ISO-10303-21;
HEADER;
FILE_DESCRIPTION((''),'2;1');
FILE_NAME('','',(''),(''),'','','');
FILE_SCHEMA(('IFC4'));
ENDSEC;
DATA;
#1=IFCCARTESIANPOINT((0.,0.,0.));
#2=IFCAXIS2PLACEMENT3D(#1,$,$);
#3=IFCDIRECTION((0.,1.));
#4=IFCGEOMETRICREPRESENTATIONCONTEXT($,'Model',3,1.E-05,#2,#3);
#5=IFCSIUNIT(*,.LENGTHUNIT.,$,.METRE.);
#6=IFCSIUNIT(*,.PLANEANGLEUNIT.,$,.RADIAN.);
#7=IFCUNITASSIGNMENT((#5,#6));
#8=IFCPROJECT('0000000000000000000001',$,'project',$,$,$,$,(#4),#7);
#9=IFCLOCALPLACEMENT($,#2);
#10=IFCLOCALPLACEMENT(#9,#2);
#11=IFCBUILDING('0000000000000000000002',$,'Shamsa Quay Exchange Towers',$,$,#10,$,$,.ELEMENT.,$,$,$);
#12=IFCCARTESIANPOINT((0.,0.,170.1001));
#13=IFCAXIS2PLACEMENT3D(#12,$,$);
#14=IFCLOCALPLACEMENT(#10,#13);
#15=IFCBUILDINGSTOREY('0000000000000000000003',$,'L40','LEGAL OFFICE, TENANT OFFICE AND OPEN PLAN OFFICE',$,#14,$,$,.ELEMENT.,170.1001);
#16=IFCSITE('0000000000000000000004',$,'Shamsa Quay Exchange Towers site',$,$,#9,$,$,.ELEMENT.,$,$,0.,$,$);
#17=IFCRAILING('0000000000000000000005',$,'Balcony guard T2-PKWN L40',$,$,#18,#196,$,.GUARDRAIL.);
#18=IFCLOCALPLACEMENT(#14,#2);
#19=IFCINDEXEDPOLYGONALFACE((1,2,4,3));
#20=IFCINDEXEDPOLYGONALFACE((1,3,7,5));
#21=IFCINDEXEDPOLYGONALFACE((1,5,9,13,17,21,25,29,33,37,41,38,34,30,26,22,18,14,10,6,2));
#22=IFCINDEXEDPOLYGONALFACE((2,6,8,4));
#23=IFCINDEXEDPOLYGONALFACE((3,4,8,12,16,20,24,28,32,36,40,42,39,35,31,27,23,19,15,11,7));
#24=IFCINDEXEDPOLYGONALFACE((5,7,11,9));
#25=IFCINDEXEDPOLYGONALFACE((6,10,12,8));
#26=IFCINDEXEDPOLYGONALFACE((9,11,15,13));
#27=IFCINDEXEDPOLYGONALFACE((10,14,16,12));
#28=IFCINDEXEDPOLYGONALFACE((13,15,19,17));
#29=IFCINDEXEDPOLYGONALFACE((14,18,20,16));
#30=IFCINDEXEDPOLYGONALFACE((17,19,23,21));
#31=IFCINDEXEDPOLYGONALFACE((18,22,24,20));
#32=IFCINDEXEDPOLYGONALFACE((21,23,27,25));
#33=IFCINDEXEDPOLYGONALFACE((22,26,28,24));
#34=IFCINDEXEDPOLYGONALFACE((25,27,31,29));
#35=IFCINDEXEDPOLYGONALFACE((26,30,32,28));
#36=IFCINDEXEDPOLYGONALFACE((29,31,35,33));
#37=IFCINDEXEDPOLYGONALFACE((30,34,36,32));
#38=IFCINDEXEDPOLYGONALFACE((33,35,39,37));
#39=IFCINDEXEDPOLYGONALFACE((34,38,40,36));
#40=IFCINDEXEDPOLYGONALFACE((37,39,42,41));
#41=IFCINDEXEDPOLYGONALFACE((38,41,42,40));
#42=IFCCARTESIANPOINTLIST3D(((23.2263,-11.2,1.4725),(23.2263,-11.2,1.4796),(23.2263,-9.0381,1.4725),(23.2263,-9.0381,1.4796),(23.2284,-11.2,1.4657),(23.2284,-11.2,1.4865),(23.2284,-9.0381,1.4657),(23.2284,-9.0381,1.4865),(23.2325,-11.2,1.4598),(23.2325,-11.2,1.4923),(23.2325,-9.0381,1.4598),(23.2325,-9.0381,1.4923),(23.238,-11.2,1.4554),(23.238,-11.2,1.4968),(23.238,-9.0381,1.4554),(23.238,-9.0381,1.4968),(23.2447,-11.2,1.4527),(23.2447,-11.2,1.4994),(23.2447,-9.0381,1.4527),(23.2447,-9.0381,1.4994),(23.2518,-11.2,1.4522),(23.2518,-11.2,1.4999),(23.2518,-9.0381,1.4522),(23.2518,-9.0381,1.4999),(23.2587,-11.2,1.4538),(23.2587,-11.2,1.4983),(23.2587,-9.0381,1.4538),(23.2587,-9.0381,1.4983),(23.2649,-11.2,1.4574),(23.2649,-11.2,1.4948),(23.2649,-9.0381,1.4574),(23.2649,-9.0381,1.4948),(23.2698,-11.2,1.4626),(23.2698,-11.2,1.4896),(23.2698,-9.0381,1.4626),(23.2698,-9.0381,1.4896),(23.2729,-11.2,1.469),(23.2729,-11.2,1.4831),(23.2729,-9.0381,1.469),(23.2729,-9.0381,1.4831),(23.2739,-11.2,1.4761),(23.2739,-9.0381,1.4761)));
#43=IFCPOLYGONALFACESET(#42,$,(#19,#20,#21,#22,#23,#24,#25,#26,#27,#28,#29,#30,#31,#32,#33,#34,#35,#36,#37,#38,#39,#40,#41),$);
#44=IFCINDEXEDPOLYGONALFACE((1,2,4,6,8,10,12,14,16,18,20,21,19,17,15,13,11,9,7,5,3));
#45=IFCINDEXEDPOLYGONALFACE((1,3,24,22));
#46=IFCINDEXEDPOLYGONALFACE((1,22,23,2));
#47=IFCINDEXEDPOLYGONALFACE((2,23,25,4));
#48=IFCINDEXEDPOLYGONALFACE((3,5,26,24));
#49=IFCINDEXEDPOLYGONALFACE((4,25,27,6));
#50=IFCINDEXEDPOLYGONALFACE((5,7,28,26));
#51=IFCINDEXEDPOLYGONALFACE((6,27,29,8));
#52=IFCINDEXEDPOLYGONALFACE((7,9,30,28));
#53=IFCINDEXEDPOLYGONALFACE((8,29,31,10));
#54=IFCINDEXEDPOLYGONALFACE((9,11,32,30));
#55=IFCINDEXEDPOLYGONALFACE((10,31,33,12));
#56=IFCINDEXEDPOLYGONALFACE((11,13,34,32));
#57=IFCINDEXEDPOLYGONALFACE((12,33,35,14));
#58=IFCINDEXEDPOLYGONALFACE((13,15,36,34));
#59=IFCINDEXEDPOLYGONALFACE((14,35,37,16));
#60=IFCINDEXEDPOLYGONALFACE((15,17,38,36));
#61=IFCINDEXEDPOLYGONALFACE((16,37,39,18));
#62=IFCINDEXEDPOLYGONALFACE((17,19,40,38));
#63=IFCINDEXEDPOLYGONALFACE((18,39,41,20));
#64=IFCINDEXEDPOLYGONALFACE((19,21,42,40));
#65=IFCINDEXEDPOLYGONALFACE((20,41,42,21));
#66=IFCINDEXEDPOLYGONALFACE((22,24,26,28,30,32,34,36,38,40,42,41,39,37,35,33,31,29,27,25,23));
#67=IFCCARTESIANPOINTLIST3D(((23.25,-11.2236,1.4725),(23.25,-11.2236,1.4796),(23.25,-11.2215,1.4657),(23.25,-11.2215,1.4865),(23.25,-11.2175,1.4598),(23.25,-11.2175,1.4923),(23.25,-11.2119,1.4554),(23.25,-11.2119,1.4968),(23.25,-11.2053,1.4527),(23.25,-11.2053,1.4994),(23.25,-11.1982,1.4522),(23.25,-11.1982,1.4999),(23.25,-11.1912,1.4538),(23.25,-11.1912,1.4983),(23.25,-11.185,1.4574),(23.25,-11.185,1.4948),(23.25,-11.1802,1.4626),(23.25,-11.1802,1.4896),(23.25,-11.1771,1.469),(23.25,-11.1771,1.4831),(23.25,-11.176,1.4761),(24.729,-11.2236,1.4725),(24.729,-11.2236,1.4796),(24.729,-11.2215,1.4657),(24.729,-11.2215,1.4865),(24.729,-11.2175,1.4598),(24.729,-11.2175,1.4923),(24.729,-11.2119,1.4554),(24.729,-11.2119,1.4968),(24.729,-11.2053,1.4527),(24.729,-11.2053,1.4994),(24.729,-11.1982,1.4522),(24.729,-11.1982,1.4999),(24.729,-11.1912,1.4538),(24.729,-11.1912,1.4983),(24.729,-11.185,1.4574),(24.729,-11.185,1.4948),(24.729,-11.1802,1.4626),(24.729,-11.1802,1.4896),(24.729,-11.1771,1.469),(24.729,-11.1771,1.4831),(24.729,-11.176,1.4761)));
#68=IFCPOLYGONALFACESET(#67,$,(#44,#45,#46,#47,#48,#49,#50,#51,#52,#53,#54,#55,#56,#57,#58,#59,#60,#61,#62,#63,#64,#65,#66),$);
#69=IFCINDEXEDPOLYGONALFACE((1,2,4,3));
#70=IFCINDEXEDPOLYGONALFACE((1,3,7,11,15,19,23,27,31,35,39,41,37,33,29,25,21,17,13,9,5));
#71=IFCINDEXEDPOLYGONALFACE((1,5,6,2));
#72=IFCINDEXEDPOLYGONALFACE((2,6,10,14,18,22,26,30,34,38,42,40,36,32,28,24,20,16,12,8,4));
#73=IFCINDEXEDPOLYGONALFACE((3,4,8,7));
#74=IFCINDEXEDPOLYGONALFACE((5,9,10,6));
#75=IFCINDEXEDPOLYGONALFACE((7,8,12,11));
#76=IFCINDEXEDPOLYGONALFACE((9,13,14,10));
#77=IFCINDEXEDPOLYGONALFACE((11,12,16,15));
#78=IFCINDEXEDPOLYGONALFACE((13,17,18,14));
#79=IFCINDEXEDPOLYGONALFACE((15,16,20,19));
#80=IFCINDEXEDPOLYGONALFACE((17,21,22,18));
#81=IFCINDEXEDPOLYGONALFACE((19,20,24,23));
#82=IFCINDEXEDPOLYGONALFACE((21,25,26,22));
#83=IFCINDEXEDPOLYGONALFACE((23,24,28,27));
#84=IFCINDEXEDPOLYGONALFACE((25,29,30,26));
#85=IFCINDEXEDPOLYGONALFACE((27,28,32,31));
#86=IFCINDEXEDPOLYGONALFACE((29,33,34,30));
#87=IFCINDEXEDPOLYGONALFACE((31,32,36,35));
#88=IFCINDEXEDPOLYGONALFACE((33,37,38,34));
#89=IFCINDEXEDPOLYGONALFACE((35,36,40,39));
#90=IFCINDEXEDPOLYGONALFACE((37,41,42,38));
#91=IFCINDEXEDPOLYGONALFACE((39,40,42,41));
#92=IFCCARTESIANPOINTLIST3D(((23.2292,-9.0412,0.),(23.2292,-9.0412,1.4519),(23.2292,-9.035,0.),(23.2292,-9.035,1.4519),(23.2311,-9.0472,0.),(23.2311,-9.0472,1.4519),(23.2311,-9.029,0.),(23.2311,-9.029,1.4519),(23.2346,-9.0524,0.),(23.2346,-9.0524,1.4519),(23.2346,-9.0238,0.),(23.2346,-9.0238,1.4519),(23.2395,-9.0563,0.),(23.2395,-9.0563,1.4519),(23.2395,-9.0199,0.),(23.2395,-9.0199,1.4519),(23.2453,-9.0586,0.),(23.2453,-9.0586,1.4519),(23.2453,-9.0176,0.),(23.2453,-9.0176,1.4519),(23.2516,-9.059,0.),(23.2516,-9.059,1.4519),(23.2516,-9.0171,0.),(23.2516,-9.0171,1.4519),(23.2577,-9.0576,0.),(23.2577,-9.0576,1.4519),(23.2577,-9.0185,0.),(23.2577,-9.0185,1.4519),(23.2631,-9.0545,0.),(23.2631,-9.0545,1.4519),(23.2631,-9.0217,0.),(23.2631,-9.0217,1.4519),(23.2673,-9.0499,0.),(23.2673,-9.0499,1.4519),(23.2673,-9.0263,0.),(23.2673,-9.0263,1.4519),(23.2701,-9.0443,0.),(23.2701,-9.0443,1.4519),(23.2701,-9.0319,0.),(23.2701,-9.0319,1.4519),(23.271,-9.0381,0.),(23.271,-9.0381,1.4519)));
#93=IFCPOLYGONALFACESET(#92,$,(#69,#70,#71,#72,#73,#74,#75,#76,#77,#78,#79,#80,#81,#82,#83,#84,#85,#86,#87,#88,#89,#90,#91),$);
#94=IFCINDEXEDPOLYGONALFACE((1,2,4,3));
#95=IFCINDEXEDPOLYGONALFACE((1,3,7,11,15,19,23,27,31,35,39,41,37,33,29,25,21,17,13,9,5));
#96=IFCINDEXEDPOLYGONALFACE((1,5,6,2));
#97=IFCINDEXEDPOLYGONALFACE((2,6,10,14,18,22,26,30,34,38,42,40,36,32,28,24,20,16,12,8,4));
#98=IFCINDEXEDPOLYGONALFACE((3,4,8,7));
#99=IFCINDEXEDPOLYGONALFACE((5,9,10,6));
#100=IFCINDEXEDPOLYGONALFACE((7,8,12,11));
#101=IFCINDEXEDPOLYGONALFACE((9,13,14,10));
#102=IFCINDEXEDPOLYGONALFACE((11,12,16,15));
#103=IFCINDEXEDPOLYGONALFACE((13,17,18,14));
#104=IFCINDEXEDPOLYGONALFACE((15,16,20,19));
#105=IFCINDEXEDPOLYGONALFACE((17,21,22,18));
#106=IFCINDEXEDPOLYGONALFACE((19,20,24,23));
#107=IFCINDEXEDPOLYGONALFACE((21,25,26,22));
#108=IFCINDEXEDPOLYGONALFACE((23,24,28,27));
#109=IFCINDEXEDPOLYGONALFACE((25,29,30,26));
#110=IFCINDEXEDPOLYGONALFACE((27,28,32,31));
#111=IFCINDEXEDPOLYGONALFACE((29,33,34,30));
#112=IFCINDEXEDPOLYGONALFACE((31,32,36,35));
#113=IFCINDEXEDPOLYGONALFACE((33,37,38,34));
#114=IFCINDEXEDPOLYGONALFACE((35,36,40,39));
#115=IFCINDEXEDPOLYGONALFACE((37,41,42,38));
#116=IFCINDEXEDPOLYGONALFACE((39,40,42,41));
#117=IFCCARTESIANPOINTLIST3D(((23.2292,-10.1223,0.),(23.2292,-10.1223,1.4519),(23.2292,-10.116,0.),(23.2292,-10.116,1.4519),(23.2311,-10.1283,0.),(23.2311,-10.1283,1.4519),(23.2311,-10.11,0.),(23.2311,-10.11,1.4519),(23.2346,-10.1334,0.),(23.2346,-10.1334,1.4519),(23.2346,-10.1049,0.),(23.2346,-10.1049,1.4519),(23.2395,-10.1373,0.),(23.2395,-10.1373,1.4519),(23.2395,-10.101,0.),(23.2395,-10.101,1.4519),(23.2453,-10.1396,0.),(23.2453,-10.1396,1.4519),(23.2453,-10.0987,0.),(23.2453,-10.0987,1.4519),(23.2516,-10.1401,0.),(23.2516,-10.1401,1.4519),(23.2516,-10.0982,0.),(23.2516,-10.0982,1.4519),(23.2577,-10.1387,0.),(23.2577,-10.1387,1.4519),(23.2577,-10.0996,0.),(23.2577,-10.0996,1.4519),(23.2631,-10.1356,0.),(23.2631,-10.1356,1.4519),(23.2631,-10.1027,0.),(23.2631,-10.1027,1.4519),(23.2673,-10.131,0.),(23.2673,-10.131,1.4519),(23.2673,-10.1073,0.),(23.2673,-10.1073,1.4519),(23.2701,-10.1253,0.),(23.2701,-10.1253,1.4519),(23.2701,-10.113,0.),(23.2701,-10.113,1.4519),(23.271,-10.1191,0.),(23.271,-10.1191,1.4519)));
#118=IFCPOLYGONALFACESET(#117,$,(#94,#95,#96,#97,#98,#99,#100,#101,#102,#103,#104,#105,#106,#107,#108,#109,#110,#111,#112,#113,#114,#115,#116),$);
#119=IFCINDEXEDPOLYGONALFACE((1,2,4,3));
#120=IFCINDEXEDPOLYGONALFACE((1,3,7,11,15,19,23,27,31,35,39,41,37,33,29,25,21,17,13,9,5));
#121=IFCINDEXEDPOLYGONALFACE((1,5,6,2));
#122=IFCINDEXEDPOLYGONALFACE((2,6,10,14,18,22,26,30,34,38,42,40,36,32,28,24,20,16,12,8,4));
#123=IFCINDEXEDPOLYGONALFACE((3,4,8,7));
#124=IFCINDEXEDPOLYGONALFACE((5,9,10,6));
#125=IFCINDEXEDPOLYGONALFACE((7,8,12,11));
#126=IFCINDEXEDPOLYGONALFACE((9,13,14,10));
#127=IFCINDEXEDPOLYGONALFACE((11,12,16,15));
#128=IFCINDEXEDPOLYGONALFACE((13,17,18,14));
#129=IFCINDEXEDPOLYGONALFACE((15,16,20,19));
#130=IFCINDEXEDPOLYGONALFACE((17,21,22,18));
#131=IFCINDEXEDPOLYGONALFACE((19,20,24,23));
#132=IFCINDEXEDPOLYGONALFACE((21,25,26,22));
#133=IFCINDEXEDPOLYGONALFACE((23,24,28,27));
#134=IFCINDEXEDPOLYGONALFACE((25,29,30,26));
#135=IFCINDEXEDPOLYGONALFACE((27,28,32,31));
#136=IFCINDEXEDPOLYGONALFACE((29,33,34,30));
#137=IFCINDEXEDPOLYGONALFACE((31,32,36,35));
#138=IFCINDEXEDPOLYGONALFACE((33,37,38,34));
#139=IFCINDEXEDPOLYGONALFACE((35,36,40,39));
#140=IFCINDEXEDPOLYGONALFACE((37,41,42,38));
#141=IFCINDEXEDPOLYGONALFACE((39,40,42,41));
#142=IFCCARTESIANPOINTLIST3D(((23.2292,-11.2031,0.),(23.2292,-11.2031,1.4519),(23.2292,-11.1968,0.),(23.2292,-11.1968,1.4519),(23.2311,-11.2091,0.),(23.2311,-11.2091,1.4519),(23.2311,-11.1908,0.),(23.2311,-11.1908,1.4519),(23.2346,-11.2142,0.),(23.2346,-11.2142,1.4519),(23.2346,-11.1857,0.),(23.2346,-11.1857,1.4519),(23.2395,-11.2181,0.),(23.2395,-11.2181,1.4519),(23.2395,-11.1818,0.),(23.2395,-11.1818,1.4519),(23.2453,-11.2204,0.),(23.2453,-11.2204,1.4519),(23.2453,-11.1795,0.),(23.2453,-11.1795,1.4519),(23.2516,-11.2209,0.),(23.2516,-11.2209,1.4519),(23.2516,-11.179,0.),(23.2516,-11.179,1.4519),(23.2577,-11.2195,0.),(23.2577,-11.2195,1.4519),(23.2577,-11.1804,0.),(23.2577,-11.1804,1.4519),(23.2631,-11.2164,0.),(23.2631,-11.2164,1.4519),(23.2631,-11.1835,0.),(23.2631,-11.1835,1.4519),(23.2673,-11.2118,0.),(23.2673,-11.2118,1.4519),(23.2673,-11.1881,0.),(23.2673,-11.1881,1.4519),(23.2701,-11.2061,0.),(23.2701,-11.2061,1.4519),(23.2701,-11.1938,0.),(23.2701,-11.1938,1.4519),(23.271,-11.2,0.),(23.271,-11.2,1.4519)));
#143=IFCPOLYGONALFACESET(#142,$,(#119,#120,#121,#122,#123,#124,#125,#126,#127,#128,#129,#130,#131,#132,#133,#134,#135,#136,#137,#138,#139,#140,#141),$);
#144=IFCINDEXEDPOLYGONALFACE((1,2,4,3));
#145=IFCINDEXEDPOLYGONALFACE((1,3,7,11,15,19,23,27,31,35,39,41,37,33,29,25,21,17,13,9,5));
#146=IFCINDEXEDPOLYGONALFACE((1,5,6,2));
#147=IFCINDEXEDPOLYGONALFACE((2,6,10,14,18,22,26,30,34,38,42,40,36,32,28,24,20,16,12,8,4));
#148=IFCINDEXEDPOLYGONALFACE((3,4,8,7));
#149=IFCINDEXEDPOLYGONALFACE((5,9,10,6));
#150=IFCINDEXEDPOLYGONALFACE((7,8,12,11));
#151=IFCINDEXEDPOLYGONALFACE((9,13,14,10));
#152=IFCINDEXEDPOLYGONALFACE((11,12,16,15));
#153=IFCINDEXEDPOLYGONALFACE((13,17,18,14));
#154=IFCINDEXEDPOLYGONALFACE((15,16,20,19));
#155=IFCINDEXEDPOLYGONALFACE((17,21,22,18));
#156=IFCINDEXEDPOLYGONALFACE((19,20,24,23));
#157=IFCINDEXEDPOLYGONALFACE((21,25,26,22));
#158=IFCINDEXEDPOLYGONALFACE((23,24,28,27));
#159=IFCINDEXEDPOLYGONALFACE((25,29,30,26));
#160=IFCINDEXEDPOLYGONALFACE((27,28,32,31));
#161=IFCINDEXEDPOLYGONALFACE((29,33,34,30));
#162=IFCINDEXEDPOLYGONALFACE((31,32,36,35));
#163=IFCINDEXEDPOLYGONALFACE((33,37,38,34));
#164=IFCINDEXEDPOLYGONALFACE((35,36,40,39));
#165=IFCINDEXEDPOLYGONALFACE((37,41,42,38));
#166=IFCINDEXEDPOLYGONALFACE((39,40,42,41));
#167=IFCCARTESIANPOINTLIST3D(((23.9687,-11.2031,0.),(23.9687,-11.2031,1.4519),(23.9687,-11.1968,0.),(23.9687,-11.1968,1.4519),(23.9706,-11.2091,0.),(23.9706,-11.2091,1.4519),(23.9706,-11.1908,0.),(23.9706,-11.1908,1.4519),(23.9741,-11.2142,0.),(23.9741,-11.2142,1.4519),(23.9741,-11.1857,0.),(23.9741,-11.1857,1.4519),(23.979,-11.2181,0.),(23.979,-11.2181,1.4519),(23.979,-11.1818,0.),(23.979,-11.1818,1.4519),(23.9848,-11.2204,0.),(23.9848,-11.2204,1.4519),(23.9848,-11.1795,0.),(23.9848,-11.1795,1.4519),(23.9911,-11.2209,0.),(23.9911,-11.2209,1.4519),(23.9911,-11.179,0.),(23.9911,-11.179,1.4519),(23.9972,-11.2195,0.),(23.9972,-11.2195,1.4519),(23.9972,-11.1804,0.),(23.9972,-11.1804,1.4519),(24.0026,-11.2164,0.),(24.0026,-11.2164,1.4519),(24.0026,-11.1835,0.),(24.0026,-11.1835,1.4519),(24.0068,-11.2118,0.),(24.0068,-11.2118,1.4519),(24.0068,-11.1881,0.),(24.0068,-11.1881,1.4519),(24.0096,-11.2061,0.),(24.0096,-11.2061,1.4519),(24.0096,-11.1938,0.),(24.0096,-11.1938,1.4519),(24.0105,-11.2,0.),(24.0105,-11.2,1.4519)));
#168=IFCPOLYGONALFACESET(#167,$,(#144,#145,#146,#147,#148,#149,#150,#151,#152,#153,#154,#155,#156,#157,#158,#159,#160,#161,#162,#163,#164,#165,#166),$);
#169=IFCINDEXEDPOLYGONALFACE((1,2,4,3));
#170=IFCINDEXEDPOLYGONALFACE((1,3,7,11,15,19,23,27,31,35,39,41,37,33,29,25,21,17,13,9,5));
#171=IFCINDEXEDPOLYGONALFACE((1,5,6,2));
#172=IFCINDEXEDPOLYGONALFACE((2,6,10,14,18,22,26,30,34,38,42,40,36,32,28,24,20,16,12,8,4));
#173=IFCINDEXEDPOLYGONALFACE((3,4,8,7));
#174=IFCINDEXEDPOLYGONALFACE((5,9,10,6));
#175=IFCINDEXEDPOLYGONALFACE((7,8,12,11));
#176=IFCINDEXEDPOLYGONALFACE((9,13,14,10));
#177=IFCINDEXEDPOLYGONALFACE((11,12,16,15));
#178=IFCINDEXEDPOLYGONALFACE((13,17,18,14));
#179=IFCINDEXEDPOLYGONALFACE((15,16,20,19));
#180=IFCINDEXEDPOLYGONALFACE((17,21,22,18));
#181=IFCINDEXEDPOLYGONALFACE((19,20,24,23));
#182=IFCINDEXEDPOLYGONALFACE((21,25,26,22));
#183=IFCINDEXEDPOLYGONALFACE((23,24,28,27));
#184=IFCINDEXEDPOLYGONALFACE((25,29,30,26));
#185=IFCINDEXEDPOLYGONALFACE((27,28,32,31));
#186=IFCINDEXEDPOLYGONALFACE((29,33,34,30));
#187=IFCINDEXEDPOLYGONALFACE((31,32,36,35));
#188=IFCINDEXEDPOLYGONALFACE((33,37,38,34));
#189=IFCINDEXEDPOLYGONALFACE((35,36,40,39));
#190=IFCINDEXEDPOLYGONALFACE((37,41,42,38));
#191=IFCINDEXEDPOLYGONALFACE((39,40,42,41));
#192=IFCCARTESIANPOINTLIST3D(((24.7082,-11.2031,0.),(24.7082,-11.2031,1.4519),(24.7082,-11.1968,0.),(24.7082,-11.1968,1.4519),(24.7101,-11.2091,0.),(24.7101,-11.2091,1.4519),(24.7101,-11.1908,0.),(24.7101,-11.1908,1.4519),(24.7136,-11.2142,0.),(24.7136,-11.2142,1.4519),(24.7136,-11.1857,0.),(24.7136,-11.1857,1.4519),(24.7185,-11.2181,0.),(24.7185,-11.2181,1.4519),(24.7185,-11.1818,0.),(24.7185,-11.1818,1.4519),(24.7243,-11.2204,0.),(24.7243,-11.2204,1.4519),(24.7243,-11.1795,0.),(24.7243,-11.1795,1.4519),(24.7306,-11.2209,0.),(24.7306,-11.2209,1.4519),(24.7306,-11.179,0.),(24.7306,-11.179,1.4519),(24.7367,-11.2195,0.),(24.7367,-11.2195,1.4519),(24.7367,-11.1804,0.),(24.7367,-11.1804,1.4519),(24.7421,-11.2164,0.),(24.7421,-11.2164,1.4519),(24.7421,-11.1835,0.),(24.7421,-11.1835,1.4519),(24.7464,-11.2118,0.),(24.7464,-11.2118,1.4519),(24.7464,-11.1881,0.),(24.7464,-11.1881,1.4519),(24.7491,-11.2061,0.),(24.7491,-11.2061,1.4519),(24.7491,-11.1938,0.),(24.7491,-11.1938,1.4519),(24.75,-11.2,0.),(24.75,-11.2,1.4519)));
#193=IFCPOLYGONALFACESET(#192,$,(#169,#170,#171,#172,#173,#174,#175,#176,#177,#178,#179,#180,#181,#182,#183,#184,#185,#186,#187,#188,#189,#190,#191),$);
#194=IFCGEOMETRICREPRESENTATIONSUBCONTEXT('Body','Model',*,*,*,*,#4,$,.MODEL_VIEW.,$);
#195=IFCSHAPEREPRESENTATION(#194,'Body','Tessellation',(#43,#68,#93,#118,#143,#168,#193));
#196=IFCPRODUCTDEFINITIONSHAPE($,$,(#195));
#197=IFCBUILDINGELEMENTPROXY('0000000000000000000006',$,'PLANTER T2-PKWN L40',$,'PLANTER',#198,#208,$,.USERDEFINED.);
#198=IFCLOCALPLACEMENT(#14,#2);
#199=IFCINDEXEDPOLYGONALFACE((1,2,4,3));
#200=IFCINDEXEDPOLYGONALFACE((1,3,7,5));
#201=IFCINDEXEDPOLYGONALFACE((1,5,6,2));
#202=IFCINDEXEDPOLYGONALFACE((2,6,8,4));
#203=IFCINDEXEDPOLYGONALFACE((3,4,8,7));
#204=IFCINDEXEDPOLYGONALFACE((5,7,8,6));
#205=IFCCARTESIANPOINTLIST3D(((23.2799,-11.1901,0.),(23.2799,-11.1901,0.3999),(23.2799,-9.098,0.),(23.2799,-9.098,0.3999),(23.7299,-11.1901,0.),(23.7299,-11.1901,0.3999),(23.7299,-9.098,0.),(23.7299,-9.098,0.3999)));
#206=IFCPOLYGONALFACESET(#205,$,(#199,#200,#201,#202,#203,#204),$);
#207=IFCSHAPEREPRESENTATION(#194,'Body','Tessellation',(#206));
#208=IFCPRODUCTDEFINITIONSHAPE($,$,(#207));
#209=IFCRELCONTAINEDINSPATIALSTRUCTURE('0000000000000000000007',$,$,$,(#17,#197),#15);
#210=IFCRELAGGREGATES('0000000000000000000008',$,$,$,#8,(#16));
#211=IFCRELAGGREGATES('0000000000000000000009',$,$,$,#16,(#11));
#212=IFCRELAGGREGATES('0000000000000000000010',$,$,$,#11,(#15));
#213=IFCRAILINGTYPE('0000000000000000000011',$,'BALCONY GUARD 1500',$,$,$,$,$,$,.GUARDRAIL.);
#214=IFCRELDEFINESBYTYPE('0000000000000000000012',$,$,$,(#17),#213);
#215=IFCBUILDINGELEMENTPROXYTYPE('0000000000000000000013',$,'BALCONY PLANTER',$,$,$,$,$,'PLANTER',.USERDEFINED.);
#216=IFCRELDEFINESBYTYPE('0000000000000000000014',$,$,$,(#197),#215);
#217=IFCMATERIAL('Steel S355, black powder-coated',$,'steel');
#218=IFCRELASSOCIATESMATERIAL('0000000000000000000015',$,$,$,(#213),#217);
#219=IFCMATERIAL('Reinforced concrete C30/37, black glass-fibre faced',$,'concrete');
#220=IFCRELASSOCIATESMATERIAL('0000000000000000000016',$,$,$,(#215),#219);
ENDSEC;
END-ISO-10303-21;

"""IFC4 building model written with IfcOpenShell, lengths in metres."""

from ifc_helpers import new_model, si_unit, direction, frame, origin, origin_2d, place, context, subcontext, project, spatial, rectangle, circle, extrude, material, type_object, element, save


model = new_model("IFC4")

# Units and contexts
model_context = context("Model", 3, precision=1e-05, world=origin(), true_north=direction((0.0, 1.0)))
body_context = subcontext(model_context, "Body", "Model", "MODEL_VIEW")
ifc_project = project(units=[si_unit("LENGTHUNIT", "METRE"), si_unit("PLANEANGLEUNIT", "RADIAN")], contexts=[model_context])

# Site, building, storey
site_placement = place(None, origin())
site = spatial("IfcSite", under=ifc_project, at=site_placement, Name="Shamsa Quay Exchange Towers site", CompositionType="ELEMENT", RefElevation=0.0)
building_placement = place(site_placement, origin())
building = spatial("IfcBuilding", under=site, at=building_placement, Name="Shamsa Quay Exchange Towers", CompositionType="ELEMENT")
storey_placement = place(building_placement, frame((0.0, 0.0, 170.1001)))
storey = spatial("IfcBuildingStorey", under=building, at=storey_placement, Name="L40", Description="LEGAL OFFICE, TENANT OFFICE AND OPEN PLAN OFFICE", CompositionType="ELEMENT", Elevation=170.1001)

# Railing
ifc_material_1 = material(Name="Steel S355, black powder-coated", Category="steel")
railing_type = type_object("IfcRailingType", Name="BALCONY GUARD 1500", PredefinedType="GUARDRAIL", material=ifc_material_1)
railing_placement = place(storey_placement, frame((23.25, -9.0381, 0.0)))
element("IfcRailing", 1, at=railing_placement, inside=storey, type_object=railing_type, Name="Balcony guard T2-PKWN L40", PredefinedType="GUARDRAIL", context=body_context, shape_type="SweptSolid", body=[
    extrude(circle(Radius=0.0239, at=origin_2d()), frame((0.0, 0.0, 1.4761), z_axis=(0.0, -1.0, 0.0), x_axis=(1.0, 0.0, 0.0)), (0.0, 0.0, 1.0), 2.1619),
    extrude(circle(Radius=0.0239, at=origin_2d()), frame((0.0, -2.1619, 1.4761), z_axis=(1.0, 0.0, 0.0), x_axis=(0.0, 1.0, 0.0)), (0.0, 0.0, 1.0), 1.479),
    extrude(circle(Radius=0.021, at=origin_2d()), origin(), (0.0, 0.0, 1.0), 1.4519),
    extrude(circle(Radius=0.021, at=origin_2d()), frame((0.0, -1.0811, 0.0)), (0.0, 0.0, 1.0), 1.4519),
    extrude(circle(Radius=0.021, at=origin_2d()), frame((0.0, -2.1619, 0.0)), (0.0, 0.0, 1.0), 1.4519),
    extrude(circle(Radius=0.021, at=origin_2d()), frame((0.7395, -2.1619, 0.0)), (0.0, 0.0, 1.0), 1.4519),
    extrude(circle(Radius=0.021, at=origin_2d()), frame((1.479, -2.1619, 0.0)), (0.0, 0.0, 1.0), 1.4519),
])

# Building element proxy
ifc_material_2 = material(Name="Reinforced concrete C30/37, black glass-fibre faced", Category="concrete")
building_element_proxy_type = type_object("IfcBuildingElementProxyType", Name="BALCONY PLANTER", ElementType="PLANTER", PredefinedType="USERDEFINED", material=ifc_material_2)
proxy_placement = place(storey_placement, frame((23.5049, -10.144, 0.0), z_axis=(0.0, 0.0, 1.0), x_axis=(0.0, -1.0, 0.0)))
element("IfcBuildingElementProxy", 2, at=proxy_placement, inside=storey, type_object=building_element_proxy_type, Name="PLANTER T2-PKWN L40", ObjectType="PLANTER", PredefinedType="USERDEFINED", context=body_context, shape_type="SweptSolid", body=[
    extrude(rectangle(XDim=2.092, YDim=0.45, at=origin_2d()), origin(), (0.0, 0.0, 1.0), 0.3999),
])

save(model, "model.ifc")
